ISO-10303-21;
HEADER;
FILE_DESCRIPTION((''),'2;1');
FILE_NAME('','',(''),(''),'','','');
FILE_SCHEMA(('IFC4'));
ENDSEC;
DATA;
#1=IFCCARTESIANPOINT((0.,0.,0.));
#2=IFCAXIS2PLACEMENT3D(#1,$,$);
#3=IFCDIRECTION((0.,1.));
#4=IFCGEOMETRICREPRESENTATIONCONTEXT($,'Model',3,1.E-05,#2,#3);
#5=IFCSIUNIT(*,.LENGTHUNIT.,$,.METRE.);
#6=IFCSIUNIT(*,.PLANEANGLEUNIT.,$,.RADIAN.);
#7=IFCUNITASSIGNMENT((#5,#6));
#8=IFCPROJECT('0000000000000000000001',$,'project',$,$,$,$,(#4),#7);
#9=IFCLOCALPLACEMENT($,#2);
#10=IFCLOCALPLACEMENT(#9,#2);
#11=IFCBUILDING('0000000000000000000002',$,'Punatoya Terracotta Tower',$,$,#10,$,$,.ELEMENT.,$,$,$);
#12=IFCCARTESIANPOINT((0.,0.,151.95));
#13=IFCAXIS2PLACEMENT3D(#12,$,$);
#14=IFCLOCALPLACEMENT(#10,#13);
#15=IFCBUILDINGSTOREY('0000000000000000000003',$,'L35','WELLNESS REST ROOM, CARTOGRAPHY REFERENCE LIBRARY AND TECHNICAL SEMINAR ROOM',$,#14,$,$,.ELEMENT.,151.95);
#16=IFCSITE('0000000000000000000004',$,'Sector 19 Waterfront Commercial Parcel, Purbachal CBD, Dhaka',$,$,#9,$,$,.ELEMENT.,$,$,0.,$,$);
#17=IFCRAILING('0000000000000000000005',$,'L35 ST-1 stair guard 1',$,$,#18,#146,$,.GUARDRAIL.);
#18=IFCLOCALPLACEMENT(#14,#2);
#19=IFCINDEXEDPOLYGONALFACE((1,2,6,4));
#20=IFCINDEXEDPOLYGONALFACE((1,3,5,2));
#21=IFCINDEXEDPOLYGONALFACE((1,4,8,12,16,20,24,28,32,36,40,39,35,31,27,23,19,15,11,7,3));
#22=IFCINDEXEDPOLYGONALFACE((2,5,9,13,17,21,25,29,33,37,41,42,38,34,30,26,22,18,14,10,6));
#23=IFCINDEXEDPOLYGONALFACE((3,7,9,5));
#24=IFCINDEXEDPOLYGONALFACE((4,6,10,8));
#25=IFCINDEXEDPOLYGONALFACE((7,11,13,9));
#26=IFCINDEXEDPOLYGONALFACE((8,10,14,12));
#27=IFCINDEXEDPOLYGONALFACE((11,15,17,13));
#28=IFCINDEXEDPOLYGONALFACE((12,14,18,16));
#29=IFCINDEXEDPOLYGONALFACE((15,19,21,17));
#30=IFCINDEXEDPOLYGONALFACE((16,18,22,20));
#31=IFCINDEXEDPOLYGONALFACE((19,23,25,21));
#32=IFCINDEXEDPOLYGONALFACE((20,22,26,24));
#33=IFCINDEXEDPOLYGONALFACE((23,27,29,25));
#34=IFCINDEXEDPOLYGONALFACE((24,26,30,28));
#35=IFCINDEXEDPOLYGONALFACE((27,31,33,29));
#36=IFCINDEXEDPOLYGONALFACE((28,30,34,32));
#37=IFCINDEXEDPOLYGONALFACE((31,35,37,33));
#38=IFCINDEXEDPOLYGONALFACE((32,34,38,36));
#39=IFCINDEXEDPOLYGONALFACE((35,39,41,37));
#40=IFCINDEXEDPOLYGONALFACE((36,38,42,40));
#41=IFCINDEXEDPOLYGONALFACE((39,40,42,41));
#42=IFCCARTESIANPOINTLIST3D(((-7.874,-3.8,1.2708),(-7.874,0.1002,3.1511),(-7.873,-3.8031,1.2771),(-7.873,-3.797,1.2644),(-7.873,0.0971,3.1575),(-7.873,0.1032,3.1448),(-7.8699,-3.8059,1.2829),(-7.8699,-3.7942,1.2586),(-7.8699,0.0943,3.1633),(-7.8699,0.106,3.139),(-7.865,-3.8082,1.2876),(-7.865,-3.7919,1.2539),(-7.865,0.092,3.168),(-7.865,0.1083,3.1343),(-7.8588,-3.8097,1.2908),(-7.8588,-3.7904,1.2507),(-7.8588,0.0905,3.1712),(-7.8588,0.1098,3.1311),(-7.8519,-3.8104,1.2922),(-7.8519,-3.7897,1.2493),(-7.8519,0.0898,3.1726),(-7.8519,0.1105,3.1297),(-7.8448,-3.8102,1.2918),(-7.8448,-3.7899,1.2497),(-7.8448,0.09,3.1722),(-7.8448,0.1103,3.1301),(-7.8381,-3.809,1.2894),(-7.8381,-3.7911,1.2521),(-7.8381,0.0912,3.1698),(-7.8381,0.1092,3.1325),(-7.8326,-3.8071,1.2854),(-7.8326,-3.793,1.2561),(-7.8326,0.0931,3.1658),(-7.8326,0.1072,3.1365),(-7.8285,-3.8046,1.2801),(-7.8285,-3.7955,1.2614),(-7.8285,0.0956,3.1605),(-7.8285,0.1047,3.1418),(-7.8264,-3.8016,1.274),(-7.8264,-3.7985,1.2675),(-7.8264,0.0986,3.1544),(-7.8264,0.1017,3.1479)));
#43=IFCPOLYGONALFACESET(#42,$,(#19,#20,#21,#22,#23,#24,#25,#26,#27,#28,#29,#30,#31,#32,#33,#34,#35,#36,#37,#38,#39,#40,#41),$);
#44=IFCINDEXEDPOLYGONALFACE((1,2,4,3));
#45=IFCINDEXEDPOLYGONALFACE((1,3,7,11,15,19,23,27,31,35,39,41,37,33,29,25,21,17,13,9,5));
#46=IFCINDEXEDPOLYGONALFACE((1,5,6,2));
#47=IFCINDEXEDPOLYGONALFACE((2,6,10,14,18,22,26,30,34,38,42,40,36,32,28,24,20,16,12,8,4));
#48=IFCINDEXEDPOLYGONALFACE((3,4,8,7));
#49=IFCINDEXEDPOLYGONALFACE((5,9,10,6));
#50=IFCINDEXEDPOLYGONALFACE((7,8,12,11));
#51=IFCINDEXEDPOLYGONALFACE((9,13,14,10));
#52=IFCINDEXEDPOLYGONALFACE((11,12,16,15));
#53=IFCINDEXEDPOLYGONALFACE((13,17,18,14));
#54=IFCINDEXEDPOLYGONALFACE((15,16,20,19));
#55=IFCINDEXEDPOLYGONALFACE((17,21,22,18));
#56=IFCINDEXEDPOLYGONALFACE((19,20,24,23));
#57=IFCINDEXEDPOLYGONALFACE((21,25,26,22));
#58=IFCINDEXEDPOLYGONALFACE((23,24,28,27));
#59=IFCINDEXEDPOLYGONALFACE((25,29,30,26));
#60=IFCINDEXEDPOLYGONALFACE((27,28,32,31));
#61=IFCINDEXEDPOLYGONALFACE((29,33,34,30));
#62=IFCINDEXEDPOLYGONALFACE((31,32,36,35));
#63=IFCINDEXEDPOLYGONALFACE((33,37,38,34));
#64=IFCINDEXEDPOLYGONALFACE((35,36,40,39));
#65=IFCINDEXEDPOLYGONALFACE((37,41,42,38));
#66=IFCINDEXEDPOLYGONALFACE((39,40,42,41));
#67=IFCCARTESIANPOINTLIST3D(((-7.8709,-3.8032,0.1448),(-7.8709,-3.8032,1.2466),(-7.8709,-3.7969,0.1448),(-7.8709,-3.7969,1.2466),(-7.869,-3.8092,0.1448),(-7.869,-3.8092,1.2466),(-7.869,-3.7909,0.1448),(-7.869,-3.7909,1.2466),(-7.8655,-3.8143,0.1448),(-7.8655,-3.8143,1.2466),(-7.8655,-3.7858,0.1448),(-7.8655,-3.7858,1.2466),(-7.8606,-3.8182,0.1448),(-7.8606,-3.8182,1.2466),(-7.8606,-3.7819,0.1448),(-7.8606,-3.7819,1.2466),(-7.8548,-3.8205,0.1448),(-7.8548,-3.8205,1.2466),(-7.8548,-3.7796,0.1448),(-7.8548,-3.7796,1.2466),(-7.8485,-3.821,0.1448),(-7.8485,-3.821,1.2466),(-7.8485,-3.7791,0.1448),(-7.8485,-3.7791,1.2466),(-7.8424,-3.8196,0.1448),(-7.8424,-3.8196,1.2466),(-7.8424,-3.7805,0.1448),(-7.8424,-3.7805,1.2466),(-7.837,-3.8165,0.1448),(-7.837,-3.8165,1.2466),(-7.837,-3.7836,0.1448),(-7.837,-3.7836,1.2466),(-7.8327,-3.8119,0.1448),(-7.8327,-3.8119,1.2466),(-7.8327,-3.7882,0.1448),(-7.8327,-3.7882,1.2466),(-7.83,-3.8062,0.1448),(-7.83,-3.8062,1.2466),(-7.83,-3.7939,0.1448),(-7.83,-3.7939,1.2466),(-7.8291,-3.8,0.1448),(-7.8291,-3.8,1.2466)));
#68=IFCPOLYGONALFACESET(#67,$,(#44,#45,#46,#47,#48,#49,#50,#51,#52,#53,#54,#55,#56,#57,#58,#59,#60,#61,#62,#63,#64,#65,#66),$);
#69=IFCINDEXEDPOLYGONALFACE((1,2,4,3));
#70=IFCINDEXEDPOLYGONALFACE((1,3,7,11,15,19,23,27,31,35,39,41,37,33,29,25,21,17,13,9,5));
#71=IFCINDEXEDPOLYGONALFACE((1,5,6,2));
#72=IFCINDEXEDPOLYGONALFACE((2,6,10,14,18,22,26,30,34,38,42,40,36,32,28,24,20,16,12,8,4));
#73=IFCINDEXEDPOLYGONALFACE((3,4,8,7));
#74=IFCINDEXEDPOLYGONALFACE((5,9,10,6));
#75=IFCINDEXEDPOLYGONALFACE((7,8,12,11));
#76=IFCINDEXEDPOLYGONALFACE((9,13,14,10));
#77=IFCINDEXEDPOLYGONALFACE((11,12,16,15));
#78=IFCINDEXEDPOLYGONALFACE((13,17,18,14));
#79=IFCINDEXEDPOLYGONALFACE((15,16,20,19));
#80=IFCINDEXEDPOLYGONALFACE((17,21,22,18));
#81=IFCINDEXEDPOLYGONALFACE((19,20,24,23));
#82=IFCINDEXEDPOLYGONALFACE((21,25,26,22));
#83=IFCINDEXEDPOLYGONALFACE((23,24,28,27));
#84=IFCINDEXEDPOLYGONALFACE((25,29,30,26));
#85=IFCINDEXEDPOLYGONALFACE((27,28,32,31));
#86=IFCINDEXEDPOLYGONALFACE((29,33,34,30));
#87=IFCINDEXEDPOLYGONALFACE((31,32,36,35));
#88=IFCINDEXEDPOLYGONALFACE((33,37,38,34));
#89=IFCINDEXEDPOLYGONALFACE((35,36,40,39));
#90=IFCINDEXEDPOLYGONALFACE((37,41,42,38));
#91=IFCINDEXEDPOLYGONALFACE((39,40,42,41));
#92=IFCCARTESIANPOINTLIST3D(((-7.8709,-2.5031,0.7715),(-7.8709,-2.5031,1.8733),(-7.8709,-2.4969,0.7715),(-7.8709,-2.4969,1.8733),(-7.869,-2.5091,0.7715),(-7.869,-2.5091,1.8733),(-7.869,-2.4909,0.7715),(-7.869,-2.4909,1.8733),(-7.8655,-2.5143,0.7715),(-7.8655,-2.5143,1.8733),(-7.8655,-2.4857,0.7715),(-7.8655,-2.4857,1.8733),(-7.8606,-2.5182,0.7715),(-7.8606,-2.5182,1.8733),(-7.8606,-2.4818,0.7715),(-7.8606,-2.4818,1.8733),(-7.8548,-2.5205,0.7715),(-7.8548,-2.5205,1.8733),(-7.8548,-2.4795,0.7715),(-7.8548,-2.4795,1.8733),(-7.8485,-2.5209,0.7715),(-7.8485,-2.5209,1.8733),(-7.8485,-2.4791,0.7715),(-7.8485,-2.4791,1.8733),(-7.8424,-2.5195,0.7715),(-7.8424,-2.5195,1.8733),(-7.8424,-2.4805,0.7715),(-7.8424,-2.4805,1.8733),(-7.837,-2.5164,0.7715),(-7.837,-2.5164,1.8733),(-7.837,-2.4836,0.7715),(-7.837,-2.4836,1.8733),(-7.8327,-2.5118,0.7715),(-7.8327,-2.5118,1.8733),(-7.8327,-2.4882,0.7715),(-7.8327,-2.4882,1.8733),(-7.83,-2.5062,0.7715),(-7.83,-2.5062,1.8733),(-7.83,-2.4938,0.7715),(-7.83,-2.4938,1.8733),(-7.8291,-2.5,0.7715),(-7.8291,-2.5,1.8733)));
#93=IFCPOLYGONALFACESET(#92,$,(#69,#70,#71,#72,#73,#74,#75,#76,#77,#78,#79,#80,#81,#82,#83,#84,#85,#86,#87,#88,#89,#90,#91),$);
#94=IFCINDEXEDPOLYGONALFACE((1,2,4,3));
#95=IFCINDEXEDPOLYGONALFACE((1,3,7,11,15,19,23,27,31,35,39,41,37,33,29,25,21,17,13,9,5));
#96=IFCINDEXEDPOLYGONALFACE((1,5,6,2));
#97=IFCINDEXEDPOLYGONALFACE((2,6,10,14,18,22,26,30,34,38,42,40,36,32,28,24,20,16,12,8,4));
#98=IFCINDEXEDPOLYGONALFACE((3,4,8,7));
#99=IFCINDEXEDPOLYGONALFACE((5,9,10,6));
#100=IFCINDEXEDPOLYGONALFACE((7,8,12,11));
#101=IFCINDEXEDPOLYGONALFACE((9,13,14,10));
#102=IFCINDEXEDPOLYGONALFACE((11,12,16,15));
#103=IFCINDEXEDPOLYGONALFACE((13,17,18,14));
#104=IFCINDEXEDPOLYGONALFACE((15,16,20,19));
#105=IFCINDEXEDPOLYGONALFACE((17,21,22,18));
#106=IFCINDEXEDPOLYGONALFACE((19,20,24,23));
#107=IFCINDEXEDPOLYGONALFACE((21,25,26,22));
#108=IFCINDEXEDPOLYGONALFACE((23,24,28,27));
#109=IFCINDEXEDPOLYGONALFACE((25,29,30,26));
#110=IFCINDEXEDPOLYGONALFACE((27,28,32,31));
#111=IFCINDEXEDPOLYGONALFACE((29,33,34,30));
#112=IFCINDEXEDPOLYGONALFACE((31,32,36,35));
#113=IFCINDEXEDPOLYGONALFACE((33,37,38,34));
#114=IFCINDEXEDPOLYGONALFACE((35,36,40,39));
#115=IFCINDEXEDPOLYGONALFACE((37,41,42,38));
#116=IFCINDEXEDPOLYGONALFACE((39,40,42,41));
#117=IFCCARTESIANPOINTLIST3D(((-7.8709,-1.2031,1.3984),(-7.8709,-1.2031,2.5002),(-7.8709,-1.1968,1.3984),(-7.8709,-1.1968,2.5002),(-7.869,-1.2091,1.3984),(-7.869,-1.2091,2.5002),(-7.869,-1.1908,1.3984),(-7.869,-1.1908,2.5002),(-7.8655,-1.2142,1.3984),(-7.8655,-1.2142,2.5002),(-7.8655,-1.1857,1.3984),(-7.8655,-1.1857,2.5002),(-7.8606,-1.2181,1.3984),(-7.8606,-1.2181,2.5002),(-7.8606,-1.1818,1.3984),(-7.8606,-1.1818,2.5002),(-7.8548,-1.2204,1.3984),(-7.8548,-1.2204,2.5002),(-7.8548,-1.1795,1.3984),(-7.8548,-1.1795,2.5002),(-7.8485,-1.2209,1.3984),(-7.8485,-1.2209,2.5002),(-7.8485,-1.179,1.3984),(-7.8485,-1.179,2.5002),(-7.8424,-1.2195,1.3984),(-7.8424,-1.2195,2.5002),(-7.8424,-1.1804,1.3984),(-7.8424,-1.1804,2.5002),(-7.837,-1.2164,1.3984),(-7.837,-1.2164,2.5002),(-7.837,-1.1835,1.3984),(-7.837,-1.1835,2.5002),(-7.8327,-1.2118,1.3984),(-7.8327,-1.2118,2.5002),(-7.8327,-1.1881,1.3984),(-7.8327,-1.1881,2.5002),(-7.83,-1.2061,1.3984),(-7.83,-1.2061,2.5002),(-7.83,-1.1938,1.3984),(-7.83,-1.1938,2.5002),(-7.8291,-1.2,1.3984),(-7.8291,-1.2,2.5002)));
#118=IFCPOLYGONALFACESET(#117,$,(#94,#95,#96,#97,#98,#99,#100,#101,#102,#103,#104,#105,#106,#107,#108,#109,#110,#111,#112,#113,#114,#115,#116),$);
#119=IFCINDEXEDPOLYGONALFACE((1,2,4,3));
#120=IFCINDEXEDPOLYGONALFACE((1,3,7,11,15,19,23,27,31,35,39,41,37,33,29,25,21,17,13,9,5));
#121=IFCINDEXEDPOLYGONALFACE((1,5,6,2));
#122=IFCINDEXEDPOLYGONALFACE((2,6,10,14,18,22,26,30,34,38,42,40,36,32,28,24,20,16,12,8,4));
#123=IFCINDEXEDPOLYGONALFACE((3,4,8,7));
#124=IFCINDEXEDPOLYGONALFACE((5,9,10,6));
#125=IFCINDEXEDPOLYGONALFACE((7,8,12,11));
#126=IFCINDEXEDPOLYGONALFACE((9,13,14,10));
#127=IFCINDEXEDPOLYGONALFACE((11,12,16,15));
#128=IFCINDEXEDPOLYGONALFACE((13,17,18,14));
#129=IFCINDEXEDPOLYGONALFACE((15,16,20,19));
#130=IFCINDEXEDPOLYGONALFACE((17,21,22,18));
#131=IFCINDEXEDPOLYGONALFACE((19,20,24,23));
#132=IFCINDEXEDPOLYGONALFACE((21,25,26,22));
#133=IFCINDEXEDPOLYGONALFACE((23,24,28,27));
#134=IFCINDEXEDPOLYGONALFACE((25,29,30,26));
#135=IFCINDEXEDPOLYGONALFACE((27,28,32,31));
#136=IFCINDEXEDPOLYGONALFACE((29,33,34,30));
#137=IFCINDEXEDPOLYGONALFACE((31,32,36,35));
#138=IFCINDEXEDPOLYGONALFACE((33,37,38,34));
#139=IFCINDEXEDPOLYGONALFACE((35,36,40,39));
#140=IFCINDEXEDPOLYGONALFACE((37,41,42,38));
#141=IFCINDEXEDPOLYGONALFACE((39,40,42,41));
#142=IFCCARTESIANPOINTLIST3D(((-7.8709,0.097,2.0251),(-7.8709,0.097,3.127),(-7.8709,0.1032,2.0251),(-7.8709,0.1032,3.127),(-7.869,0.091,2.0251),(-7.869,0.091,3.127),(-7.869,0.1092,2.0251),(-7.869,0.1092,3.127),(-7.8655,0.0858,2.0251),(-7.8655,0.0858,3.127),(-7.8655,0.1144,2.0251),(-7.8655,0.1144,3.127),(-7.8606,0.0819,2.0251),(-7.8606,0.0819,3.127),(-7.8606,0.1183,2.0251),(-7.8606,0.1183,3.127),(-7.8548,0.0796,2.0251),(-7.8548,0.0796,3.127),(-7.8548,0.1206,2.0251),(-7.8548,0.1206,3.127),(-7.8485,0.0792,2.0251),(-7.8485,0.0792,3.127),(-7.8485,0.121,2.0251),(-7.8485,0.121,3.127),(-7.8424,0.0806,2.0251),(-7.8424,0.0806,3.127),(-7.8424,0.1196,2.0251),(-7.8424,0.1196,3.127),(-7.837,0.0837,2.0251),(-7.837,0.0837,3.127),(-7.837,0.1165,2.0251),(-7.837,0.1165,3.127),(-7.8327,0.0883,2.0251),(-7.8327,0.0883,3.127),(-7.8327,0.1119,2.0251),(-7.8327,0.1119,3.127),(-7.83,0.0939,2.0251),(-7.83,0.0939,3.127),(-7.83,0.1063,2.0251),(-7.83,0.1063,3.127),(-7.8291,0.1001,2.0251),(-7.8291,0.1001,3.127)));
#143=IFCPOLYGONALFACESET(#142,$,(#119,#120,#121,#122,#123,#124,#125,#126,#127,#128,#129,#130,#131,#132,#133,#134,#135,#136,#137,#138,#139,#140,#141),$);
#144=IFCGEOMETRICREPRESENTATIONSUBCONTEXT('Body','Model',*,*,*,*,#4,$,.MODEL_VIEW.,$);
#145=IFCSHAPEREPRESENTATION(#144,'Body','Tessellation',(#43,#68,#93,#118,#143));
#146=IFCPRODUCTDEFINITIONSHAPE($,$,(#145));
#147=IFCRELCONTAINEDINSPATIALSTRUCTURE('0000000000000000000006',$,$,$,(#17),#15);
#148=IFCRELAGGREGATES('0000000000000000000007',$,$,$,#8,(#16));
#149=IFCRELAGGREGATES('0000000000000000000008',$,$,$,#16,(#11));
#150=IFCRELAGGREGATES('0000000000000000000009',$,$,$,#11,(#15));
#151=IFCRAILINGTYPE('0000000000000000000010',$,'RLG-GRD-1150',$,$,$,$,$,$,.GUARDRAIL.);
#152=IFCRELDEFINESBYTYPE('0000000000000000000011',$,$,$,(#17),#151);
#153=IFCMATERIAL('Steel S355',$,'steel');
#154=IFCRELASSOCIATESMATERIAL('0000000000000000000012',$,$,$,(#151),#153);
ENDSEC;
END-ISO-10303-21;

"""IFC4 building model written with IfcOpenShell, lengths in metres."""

from ifc_helpers import new_model, si_unit, direction, frame, origin, origin_2d, place, context, subcontext, project, spatial, circle, extrude, material, type_object, element, save


model = new_model("IFC4")

# Units and contexts
model_context = context("Model", 3, precision=1e-05, world=origin(), true_north=direction((0.0, 1.0)))
body_context = subcontext(model_context, "Body", "Model", "MODEL_VIEW")
ifc_project = project(units=[si_unit("LENGTHUNIT", "METRE"), si_unit("PLANEANGLEUNIT", "RADIAN")], contexts=[model_context])

# Site, building, storey
site_placement = place(None, origin())
site = spatial("IfcSite", under=ifc_project, at=site_placement, Name="Sector 19 Waterfront Commercial Parcel, Purbachal CBD, Dhaka", CompositionType="ELEMENT", RefElevation=0.0)
building_placement = place(site_placement, origin())
building = spatial("IfcBuilding", under=site, at=building_placement, Name="Punatoya Terracotta Tower", CompositionType="ELEMENT")
storey_placement = place(building_placement, frame((0.0, 0.0, 151.95)))
storey = spatial("IfcBuildingStorey", under=building, at=storey_placement, Name="L35", Description="WELLNESS REST ROOM, CARTOGRAPHY REFERENCE LIBRARY AND TECHNICAL SEMINAR ROOM", CompositionType="ELEMENT", Elevation=151.95)

# Shared definitions
ifc_material_1 = material(Name="Steel S355", Category="steel")

# Railing
railing_type_1 = type_object("IfcRailingType", Name="RLG-GRD-1150", PredefinedType="GUARDRAIL", material=ifc_material_1)
railing_1_placement = place(storey_placement, frame((-7.8501, -3.8, 0.1448)))
element("IfcRailing", 1, at=railing_1_placement, inside=storey, type_object=railing_type_1, Name="L35 ST-1 stair guard 1", PredefinedType="GUARDRAIL", context=body_context, shape_type="SweptSolid", body=[
    extrude(circle(Radius=0.0239, at=origin_2d()), frame((0.0, 0.0, 1.126), z_axis=(0.0, 0.900774, 0.434289), x_axis=(-1.0, 0.0, 0.0)), (0.0, 0.0, 1.0), 4.3298),
    extrude(circle(Radius=0.021, at=origin_2d()), origin(), (0.0, 0.0, 1.0), 1.1018),
    extrude(circle(Radius=0.021, at=origin_2d()), frame((0.0, 1.3, 0.6267)), (0.0, 0.0, 1.0), 1.1018),
    extrude(circle(Radius=0.021, at=origin_2d()), frame((0.0, 2.6001, 1.2537)), (0.0, 0.0, 1.0), 1.1018),
    extrude(circle(Radius=0.021, at=origin_2d()), frame((0.0, 3.9001, 1.8804)), (0.0, 0.0, 1.0), 1.1018),
])

save(model, "model.ifc")
